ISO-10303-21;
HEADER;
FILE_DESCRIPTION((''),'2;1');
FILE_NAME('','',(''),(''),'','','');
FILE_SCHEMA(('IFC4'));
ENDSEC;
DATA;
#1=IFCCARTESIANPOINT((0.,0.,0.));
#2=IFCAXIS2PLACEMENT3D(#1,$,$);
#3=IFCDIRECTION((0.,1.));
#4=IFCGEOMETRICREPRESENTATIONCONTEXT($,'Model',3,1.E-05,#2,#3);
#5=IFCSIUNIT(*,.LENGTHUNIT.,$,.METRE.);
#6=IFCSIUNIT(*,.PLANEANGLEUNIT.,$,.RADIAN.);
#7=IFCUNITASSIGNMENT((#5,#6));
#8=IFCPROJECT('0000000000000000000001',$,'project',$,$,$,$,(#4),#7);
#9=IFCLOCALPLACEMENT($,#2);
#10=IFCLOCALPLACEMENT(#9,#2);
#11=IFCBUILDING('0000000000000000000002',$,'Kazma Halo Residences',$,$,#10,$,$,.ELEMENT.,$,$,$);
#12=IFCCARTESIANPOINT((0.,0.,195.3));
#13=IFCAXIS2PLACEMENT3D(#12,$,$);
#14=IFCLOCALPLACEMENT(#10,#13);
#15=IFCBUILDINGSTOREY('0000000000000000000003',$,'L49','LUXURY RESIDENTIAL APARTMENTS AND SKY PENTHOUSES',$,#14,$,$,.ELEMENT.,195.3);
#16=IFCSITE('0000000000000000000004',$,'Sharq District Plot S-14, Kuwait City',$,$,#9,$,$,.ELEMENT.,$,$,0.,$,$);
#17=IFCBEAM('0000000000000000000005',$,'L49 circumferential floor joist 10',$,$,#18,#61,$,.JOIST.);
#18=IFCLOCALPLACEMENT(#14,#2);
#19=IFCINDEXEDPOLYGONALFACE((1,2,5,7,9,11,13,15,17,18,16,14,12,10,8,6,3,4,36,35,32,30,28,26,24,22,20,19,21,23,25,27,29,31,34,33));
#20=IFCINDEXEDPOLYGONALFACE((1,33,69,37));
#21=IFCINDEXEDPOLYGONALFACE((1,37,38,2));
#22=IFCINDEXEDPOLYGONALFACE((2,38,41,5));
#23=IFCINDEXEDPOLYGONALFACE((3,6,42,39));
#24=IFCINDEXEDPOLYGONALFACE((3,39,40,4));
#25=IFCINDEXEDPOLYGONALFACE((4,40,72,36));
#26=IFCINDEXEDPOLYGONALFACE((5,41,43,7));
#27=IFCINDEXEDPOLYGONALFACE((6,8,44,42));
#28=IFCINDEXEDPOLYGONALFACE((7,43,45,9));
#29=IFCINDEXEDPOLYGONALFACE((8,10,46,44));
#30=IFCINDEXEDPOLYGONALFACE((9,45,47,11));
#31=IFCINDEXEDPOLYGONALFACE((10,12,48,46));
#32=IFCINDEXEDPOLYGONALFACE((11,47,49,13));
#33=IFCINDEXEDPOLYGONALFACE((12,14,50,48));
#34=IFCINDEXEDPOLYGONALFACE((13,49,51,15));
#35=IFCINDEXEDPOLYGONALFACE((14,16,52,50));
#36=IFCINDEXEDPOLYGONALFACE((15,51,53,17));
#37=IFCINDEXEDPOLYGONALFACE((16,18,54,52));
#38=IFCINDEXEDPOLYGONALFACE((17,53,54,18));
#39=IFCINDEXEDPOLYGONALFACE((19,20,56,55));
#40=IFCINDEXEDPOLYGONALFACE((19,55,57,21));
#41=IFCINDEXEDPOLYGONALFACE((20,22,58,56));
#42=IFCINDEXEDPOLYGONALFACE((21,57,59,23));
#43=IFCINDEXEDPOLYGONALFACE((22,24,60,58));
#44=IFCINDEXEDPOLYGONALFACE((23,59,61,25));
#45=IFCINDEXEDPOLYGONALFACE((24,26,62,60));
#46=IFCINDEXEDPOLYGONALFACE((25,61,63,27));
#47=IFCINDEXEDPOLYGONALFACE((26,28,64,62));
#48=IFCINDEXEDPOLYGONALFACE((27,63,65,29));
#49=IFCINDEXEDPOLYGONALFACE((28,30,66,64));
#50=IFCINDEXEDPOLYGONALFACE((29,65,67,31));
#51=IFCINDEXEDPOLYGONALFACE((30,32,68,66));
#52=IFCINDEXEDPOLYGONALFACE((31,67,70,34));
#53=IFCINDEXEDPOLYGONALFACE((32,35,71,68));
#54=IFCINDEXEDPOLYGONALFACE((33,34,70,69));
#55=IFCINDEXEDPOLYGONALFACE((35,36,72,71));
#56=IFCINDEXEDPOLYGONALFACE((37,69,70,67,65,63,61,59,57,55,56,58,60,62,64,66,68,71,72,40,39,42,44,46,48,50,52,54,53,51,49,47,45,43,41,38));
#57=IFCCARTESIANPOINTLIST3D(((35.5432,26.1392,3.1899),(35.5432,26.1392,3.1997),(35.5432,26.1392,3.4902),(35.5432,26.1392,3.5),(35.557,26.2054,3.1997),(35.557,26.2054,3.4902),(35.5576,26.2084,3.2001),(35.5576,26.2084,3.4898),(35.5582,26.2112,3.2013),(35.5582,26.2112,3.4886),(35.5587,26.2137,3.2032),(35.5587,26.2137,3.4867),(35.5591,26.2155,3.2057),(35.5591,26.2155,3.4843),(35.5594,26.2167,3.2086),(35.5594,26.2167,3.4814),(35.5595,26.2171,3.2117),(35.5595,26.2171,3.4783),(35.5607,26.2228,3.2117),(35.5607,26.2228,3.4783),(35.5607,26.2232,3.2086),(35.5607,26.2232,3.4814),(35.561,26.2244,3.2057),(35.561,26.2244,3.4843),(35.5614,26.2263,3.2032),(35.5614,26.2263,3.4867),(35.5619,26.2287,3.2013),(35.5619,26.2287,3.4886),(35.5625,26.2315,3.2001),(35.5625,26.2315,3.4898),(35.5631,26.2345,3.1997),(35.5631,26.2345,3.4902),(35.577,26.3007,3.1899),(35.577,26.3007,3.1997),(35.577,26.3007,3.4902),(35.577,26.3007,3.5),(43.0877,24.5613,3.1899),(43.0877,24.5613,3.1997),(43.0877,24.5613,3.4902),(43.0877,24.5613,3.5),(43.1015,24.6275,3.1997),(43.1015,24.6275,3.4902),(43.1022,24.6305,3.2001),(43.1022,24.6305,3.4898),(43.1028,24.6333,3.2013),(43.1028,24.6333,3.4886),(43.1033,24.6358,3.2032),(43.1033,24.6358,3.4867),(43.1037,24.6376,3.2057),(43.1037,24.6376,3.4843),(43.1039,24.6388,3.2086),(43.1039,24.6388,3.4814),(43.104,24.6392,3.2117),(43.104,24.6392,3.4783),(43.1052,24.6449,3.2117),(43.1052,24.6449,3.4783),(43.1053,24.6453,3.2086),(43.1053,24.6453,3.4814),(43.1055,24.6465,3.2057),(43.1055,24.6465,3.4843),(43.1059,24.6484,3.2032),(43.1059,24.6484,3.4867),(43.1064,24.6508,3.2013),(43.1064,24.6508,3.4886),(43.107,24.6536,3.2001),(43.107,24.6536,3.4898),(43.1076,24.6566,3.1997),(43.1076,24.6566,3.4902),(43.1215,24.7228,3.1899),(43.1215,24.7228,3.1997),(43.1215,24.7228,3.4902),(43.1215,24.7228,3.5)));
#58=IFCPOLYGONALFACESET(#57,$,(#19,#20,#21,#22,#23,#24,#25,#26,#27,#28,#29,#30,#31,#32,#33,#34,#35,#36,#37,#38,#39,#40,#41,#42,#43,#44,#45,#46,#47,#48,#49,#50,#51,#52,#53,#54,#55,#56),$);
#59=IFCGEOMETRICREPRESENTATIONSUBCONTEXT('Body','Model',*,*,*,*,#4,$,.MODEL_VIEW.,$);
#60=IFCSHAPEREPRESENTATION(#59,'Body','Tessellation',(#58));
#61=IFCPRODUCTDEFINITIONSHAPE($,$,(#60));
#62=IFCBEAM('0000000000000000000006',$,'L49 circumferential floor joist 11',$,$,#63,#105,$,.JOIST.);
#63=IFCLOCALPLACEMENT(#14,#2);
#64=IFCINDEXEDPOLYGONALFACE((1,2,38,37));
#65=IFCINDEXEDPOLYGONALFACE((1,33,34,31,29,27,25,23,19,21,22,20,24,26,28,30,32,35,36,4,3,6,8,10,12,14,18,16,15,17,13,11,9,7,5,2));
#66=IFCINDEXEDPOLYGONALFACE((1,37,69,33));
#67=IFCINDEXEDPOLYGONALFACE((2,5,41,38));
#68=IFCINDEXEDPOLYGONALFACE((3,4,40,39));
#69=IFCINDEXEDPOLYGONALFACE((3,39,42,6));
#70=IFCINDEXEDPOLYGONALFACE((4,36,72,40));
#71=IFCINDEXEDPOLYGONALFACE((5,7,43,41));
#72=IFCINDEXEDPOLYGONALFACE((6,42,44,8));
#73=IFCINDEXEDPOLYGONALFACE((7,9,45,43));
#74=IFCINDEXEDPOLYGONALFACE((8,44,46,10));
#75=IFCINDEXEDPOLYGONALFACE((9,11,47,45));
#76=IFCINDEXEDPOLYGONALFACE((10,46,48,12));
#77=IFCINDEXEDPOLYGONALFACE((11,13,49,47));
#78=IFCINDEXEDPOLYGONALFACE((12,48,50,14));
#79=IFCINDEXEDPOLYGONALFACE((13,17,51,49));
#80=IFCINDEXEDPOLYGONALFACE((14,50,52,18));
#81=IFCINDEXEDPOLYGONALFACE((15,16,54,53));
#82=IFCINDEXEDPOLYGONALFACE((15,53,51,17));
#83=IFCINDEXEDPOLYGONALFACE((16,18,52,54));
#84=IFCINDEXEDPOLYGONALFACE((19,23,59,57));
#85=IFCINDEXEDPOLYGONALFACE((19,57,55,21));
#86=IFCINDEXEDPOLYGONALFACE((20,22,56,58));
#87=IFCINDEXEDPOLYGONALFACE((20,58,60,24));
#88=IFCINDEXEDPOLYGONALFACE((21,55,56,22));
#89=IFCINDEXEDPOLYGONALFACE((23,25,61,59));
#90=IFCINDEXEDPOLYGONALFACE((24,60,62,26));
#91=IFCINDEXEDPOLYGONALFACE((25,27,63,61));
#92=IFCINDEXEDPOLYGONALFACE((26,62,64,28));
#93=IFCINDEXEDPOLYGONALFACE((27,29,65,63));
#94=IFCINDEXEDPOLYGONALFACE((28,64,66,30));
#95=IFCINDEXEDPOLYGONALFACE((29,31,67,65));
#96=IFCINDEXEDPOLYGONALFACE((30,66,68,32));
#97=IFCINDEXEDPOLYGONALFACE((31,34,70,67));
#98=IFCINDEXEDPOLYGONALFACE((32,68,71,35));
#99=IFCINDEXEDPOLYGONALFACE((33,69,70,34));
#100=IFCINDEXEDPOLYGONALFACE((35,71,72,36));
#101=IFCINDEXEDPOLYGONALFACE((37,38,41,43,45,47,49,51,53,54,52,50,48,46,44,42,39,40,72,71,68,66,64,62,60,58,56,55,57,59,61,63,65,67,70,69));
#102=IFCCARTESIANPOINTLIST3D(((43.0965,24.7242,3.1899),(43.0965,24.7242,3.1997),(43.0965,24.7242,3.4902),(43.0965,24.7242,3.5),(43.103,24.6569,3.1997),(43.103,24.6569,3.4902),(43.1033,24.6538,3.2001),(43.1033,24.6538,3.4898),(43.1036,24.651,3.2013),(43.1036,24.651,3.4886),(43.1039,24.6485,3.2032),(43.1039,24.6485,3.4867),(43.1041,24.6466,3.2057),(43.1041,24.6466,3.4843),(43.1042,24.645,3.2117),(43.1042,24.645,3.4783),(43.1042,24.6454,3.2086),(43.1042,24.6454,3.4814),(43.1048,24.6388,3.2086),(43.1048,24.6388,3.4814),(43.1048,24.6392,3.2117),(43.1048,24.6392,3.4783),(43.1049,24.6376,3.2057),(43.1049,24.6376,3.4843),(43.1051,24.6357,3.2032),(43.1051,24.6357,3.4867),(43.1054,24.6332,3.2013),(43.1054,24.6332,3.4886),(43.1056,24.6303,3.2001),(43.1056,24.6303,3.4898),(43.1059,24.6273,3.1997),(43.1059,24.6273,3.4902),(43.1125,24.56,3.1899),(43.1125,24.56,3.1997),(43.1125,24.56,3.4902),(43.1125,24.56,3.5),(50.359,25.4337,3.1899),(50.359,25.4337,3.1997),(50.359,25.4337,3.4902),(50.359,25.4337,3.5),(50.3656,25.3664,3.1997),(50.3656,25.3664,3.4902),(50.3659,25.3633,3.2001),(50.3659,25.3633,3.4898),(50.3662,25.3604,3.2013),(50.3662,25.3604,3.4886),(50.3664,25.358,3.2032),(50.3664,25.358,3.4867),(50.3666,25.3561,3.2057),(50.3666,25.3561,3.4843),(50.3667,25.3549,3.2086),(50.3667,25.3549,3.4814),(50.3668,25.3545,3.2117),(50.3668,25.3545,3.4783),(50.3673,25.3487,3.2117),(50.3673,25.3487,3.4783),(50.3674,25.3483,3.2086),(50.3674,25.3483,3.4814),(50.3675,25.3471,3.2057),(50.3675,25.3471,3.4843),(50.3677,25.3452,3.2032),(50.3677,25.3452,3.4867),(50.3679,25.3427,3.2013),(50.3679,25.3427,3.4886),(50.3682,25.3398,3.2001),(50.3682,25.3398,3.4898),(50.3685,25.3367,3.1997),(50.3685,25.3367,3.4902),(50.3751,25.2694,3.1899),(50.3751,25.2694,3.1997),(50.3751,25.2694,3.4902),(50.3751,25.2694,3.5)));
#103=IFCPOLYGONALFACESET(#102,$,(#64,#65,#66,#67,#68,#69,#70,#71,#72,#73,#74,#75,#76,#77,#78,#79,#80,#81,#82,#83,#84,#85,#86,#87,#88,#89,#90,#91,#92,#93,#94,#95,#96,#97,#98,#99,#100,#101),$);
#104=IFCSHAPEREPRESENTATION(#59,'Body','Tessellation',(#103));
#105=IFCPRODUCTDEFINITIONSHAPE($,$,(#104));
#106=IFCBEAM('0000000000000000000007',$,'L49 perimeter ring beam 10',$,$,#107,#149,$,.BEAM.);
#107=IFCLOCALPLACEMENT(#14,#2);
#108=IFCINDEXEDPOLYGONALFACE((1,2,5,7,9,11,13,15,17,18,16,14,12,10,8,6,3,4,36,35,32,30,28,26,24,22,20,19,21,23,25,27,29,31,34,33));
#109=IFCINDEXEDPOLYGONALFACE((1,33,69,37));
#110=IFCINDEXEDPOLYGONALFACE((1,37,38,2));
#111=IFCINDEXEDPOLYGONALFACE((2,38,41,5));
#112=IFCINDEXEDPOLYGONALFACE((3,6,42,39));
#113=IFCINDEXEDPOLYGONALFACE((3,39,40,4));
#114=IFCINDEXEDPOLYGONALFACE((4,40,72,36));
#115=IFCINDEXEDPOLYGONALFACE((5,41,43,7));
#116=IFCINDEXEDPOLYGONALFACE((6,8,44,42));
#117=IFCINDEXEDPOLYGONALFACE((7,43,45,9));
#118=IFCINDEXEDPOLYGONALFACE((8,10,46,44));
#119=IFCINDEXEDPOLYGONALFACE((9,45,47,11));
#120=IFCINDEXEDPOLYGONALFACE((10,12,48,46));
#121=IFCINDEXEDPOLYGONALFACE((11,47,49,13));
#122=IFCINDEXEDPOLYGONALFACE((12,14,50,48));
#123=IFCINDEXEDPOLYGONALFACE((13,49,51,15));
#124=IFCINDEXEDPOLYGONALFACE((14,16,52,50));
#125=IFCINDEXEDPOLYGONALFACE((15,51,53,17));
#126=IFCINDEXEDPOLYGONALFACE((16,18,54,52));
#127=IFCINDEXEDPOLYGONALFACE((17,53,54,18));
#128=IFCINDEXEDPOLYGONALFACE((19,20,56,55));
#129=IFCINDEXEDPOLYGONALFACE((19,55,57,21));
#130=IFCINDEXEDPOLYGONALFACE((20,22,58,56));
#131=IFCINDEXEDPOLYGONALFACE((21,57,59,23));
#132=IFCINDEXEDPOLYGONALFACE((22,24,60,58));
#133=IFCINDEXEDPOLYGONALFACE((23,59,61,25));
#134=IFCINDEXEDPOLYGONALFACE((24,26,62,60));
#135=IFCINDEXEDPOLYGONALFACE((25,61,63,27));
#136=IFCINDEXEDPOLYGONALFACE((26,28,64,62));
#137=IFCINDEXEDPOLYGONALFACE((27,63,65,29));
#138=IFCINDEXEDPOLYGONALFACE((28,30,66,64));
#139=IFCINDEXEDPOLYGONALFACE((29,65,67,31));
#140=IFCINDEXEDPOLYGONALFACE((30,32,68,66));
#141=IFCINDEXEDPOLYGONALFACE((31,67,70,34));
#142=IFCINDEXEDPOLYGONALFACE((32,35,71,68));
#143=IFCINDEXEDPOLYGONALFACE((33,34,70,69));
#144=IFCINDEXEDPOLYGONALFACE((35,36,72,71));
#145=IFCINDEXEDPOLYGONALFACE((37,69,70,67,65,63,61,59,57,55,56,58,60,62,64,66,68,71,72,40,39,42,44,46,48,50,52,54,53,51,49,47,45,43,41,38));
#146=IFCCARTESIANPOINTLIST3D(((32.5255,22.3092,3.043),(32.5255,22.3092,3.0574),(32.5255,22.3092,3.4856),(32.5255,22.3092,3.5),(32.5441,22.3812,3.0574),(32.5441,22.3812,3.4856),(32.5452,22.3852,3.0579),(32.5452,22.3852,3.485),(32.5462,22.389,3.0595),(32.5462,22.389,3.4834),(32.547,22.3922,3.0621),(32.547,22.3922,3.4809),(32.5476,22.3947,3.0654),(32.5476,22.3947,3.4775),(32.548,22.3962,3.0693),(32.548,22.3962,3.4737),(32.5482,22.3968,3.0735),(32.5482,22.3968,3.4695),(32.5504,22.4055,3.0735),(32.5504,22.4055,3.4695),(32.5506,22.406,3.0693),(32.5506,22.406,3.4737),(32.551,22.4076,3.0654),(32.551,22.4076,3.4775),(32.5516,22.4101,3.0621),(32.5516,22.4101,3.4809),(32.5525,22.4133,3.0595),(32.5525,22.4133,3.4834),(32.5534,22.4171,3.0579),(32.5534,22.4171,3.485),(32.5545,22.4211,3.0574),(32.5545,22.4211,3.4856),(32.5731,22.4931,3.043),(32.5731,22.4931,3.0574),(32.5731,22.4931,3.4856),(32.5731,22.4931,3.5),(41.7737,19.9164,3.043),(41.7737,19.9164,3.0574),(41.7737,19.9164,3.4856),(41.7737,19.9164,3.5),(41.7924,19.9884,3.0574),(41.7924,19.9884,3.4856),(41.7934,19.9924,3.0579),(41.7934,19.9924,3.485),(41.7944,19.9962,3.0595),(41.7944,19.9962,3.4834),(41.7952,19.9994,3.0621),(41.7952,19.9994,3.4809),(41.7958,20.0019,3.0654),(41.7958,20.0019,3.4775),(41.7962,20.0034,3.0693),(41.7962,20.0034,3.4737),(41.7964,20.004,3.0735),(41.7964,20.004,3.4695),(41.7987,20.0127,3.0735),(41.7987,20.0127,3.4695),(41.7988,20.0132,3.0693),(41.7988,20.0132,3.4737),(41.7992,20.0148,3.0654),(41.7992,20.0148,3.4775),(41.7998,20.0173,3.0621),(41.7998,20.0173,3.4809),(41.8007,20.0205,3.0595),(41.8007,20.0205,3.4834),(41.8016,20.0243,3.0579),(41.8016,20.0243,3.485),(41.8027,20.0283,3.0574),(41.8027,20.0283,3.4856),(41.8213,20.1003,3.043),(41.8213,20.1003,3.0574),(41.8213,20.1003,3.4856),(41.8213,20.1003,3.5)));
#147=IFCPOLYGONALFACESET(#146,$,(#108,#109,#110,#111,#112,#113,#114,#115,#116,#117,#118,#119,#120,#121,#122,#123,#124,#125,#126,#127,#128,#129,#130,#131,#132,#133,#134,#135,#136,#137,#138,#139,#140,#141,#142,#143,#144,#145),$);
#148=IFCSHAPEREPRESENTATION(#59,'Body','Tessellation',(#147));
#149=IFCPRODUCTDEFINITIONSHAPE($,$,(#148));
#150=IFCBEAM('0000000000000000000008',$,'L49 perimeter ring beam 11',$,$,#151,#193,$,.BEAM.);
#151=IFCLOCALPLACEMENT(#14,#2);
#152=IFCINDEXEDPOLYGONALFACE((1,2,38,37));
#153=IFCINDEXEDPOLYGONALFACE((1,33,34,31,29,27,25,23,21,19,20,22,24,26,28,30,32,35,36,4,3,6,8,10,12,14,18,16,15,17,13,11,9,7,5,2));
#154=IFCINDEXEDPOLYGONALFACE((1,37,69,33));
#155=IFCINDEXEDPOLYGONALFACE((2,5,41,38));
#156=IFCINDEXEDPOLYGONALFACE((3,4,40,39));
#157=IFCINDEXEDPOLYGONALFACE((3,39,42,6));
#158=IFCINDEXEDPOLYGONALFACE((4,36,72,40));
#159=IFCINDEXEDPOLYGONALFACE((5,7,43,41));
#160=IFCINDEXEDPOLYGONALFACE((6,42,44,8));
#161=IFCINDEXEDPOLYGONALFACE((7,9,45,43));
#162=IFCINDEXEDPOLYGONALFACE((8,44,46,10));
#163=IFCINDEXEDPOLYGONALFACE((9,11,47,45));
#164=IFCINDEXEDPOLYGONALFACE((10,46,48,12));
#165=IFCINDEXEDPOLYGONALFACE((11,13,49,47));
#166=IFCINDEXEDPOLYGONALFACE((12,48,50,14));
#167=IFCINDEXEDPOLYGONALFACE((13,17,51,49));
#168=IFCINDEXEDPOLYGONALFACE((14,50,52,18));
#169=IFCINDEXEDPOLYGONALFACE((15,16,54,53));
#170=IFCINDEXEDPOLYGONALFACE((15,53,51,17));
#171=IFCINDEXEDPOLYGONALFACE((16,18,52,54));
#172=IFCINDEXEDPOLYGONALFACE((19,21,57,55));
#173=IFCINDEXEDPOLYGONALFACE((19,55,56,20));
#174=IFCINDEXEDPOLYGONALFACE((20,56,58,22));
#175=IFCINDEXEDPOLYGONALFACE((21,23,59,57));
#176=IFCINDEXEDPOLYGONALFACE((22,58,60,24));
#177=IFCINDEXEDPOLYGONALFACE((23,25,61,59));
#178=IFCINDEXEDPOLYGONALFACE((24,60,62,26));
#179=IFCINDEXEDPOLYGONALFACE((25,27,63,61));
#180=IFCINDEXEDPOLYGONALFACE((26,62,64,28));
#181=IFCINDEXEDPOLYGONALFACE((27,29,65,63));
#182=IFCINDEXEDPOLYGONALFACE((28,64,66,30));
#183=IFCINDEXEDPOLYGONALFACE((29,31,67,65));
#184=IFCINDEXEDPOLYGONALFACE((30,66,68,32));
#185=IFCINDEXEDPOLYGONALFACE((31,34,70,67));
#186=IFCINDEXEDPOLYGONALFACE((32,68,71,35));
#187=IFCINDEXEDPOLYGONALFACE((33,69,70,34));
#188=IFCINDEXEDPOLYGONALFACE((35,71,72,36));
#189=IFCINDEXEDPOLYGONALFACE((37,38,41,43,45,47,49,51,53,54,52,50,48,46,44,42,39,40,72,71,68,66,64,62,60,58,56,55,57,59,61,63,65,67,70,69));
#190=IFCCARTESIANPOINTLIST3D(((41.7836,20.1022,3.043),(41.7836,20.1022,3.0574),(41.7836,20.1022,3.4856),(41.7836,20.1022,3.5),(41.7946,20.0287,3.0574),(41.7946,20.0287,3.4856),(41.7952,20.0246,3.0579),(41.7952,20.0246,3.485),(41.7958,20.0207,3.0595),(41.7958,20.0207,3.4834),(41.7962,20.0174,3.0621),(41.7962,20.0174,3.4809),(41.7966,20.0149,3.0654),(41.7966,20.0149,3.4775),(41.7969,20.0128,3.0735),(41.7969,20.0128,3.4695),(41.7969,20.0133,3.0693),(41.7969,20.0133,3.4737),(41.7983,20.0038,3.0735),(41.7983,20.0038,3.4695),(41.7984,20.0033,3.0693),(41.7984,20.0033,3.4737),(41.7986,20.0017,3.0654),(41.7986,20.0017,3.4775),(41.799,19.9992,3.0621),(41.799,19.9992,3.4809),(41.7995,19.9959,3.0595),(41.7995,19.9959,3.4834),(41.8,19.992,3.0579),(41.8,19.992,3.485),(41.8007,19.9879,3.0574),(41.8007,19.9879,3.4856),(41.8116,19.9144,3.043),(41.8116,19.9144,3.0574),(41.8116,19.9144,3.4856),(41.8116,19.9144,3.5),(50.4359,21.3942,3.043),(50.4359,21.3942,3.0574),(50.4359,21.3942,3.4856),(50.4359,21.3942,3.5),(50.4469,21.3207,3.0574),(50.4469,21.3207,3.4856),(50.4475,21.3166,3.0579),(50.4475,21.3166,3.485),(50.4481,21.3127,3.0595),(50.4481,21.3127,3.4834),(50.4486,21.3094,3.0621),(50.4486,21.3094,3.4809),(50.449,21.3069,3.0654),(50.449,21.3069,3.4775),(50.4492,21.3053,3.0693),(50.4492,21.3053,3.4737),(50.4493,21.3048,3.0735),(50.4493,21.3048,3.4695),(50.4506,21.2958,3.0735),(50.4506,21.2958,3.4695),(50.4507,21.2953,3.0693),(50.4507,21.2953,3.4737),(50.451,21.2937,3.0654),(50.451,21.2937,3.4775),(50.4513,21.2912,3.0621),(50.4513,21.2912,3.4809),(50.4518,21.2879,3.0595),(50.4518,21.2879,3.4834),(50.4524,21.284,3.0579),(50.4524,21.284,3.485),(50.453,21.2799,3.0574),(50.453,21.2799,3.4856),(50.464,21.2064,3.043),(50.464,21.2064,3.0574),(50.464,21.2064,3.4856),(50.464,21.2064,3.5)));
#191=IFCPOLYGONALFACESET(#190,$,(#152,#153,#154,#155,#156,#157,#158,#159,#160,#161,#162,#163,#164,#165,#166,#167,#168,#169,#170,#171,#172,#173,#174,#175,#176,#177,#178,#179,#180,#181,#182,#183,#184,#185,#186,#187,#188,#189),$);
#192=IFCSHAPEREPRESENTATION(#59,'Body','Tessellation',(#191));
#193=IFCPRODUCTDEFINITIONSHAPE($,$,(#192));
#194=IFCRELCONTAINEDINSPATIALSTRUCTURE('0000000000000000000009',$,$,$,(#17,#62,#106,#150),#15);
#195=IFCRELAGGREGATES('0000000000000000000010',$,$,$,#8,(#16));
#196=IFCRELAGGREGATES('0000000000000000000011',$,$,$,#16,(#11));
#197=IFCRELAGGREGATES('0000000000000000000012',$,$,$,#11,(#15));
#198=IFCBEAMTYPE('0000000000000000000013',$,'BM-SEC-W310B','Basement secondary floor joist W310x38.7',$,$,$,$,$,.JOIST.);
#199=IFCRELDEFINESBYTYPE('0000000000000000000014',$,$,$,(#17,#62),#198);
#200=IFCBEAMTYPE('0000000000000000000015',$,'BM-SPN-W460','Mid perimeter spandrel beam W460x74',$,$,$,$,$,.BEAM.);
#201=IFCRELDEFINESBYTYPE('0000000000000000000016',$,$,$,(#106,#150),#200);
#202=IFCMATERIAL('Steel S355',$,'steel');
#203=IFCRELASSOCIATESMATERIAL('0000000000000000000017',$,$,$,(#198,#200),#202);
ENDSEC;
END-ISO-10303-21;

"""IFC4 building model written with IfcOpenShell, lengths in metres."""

from ifc_helpers import new_model, si_unit, direction, frame, origin, origin_2d, place, context, subcontext, project, spatial, i_section, extrude, material, material_profile, profile_set, type_object, element, save


model = new_model("IFC4")

# Units and contexts
model_context = context("Model", 3, precision=1e-05, world=origin(), true_north=direction((0.0, 1.0)))
body_context = subcontext(model_context, "Body", "Model", "MODEL_VIEW")
ifc_project = project(units=[si_unit("LENGTHUNIT", "METRE"), si_unit("PLANEANGLEUNIT", "RADIAN")], contexts=[model_context])

# Site, building, storey
site_placement = place(None, origin())
site = spatial("IfcSite", under=ifc_project, at=site_placement, Name="Sharq District Plot S-14, Kuwait City", CompositionType="ELEMENT", RefElevation=0.0)
building_placement = place(site_placement, origin())
building = spatial("IfcBuilding", under=site, at=building_placement, Name="Kazma Halo Residences", CompositionType="ELEMENT")
storey_placement = place(building_placement, frame((0.0, 0.0, 195.3)))
storey = spatial("IfcBuildingStorey", under=building, at=storey_placement, Name="L49", Description="LUXURY RESIDENTIAL APARTMENTS AND SKY PENTHOUSES", CompositionType="ELEMENT", Elevation=195.3)

# Beams
ifc_material_1 = material(Name="Steel S355", Category="steel")
ifc_material_profile_1 = material_profile(ifc_material_1, i_section(OverallWidth=0.165, OverallDepth=0.3101, WebThickness=0.0059, FlangeThickness=0.0098, FilletRadius=0.012, at=origin_2d()), Name="W310x38.7")
ifc_profile_set_1 = profile_set([ifc_material_profile_1], Name="Steel S355")
beam_type_1 = type_object("IfcBeamType", Name="BM-SEC-W310B", Description="Basement secondary floor joist W310x38.7", PredefinedType="JOIST", material=ifc_profile_set_1)
beam_1_placement = place(storey_placement, frame((35.5601, 26.22, 3.345), z_axis=(0.978821, -0.204716, 0.0), x_axis=(0.204716, 0.978821, 0.0)))
element("IfcBeam", 1, at=beam_1_placement, inside=storey, type_object=beam_type_1, Name="L49 circumferential floor joist 10", PredefinedType="JOIST", context=body_context, shape_type="SweptSolid", body=[
    extrude(i_section(OverallWidth=0.165, OverallDepth=0.3101, WebThickness=0.0059, FlangeThickness=0.0098, FilletRadius=0.012, at=origin_2d()), origin(), (0.0, 0.0, 1.0), 7.7078),
])
beam_2_placement = place(storey_placement, frame((43.1045, 24.6421, 3.345), z_axis=(0.995262, 0.097228, 0.0), x_axis=(-0.097228, 0.995262, 0.0)))
element("IfcBeam", 2, at=beam_2_placement, inside=storey, type_object=beam_type_1, Name="L49 circumferential floor joist 11", PredefinedType="JOIST", context=body_context, shape_type="SweptSolid", body=[
    extrude(i_section(OverallWidth=0.165, OverallDepth=0.3101, WebThickness=0.0059, FlangeThickness=0.0098, FilletRadius=0.012, at=origin_2d()), origin(), (0.0, 0.0, 1.0), 7.2971),
])
ifc_material_profile_2 = material_profile(ifc_material_1, i_section(OverallWidth=0.1899, OverallDepth=0.457, WebThickness=0.009, FlangeThickness=0.0144, FilletRadius=0.0161, at=origin_2d()), Name="W460x74")
ifc_profile_set_2 = profile_set([ifc_material_profile_2], Name="Steel S355")
beam_type_2 = type_object("IfcBeamType", Name="BM-SPN-W460", Description="Mid perimeter spandrel beam W460x74", PredefinedType="BEAM", material=ifc_profile_set_2)
beam_3_placement = place(storey_placement, frame((32.5493, 22.4011, 3.2715), z_axis=(0.968121, -0.250483, 0.0), x_axis=(0.250483, 0.968121, 0.0)))
element("IfcBeam", 3, at=beam_3_placement, inside=storey, type_object=beam_type_2, Name="L49 perimeter ring beam 10", PredefinedType="BEAM", context=body_context, shape_type="SweptSolid", body=[
    extrude(i_section(OverallWidth=0.1899, OverallDepth=0.457, WebThickness=0.009, FlangeThickness=0.0144, FilletRadius=0.0161, at=origin_2d()), origin(), (0.0, 0.0, 1.0), 9.5527),
])
beam_4_placement = place(storey_placement, frame((41.7976, 20.0083, 3.2715), z_axis=(0.989034, 0.147685, 0.0), x_axis=(-0.147685, 0.989034, 0.0)))
element("IfcBeam", 4, at=beam_4_placement, inside=storey, type_object=beam_type_2, Name="L49 perimeter ring beam 11", PredefinedType="BEAM", context=body_context, shape_type="SweptSolid", body=[
    extrude(i_section(OverallWidth=0.1899, OverallDepth=0.457, WebThickness=0.009, FlangeThickness=0.0144, FilletRadius=0.0161, at=origin_2d()), origin(), (0.0, 0.0, 1.0), 8.7483),
])

save(model, "model.ifc")
